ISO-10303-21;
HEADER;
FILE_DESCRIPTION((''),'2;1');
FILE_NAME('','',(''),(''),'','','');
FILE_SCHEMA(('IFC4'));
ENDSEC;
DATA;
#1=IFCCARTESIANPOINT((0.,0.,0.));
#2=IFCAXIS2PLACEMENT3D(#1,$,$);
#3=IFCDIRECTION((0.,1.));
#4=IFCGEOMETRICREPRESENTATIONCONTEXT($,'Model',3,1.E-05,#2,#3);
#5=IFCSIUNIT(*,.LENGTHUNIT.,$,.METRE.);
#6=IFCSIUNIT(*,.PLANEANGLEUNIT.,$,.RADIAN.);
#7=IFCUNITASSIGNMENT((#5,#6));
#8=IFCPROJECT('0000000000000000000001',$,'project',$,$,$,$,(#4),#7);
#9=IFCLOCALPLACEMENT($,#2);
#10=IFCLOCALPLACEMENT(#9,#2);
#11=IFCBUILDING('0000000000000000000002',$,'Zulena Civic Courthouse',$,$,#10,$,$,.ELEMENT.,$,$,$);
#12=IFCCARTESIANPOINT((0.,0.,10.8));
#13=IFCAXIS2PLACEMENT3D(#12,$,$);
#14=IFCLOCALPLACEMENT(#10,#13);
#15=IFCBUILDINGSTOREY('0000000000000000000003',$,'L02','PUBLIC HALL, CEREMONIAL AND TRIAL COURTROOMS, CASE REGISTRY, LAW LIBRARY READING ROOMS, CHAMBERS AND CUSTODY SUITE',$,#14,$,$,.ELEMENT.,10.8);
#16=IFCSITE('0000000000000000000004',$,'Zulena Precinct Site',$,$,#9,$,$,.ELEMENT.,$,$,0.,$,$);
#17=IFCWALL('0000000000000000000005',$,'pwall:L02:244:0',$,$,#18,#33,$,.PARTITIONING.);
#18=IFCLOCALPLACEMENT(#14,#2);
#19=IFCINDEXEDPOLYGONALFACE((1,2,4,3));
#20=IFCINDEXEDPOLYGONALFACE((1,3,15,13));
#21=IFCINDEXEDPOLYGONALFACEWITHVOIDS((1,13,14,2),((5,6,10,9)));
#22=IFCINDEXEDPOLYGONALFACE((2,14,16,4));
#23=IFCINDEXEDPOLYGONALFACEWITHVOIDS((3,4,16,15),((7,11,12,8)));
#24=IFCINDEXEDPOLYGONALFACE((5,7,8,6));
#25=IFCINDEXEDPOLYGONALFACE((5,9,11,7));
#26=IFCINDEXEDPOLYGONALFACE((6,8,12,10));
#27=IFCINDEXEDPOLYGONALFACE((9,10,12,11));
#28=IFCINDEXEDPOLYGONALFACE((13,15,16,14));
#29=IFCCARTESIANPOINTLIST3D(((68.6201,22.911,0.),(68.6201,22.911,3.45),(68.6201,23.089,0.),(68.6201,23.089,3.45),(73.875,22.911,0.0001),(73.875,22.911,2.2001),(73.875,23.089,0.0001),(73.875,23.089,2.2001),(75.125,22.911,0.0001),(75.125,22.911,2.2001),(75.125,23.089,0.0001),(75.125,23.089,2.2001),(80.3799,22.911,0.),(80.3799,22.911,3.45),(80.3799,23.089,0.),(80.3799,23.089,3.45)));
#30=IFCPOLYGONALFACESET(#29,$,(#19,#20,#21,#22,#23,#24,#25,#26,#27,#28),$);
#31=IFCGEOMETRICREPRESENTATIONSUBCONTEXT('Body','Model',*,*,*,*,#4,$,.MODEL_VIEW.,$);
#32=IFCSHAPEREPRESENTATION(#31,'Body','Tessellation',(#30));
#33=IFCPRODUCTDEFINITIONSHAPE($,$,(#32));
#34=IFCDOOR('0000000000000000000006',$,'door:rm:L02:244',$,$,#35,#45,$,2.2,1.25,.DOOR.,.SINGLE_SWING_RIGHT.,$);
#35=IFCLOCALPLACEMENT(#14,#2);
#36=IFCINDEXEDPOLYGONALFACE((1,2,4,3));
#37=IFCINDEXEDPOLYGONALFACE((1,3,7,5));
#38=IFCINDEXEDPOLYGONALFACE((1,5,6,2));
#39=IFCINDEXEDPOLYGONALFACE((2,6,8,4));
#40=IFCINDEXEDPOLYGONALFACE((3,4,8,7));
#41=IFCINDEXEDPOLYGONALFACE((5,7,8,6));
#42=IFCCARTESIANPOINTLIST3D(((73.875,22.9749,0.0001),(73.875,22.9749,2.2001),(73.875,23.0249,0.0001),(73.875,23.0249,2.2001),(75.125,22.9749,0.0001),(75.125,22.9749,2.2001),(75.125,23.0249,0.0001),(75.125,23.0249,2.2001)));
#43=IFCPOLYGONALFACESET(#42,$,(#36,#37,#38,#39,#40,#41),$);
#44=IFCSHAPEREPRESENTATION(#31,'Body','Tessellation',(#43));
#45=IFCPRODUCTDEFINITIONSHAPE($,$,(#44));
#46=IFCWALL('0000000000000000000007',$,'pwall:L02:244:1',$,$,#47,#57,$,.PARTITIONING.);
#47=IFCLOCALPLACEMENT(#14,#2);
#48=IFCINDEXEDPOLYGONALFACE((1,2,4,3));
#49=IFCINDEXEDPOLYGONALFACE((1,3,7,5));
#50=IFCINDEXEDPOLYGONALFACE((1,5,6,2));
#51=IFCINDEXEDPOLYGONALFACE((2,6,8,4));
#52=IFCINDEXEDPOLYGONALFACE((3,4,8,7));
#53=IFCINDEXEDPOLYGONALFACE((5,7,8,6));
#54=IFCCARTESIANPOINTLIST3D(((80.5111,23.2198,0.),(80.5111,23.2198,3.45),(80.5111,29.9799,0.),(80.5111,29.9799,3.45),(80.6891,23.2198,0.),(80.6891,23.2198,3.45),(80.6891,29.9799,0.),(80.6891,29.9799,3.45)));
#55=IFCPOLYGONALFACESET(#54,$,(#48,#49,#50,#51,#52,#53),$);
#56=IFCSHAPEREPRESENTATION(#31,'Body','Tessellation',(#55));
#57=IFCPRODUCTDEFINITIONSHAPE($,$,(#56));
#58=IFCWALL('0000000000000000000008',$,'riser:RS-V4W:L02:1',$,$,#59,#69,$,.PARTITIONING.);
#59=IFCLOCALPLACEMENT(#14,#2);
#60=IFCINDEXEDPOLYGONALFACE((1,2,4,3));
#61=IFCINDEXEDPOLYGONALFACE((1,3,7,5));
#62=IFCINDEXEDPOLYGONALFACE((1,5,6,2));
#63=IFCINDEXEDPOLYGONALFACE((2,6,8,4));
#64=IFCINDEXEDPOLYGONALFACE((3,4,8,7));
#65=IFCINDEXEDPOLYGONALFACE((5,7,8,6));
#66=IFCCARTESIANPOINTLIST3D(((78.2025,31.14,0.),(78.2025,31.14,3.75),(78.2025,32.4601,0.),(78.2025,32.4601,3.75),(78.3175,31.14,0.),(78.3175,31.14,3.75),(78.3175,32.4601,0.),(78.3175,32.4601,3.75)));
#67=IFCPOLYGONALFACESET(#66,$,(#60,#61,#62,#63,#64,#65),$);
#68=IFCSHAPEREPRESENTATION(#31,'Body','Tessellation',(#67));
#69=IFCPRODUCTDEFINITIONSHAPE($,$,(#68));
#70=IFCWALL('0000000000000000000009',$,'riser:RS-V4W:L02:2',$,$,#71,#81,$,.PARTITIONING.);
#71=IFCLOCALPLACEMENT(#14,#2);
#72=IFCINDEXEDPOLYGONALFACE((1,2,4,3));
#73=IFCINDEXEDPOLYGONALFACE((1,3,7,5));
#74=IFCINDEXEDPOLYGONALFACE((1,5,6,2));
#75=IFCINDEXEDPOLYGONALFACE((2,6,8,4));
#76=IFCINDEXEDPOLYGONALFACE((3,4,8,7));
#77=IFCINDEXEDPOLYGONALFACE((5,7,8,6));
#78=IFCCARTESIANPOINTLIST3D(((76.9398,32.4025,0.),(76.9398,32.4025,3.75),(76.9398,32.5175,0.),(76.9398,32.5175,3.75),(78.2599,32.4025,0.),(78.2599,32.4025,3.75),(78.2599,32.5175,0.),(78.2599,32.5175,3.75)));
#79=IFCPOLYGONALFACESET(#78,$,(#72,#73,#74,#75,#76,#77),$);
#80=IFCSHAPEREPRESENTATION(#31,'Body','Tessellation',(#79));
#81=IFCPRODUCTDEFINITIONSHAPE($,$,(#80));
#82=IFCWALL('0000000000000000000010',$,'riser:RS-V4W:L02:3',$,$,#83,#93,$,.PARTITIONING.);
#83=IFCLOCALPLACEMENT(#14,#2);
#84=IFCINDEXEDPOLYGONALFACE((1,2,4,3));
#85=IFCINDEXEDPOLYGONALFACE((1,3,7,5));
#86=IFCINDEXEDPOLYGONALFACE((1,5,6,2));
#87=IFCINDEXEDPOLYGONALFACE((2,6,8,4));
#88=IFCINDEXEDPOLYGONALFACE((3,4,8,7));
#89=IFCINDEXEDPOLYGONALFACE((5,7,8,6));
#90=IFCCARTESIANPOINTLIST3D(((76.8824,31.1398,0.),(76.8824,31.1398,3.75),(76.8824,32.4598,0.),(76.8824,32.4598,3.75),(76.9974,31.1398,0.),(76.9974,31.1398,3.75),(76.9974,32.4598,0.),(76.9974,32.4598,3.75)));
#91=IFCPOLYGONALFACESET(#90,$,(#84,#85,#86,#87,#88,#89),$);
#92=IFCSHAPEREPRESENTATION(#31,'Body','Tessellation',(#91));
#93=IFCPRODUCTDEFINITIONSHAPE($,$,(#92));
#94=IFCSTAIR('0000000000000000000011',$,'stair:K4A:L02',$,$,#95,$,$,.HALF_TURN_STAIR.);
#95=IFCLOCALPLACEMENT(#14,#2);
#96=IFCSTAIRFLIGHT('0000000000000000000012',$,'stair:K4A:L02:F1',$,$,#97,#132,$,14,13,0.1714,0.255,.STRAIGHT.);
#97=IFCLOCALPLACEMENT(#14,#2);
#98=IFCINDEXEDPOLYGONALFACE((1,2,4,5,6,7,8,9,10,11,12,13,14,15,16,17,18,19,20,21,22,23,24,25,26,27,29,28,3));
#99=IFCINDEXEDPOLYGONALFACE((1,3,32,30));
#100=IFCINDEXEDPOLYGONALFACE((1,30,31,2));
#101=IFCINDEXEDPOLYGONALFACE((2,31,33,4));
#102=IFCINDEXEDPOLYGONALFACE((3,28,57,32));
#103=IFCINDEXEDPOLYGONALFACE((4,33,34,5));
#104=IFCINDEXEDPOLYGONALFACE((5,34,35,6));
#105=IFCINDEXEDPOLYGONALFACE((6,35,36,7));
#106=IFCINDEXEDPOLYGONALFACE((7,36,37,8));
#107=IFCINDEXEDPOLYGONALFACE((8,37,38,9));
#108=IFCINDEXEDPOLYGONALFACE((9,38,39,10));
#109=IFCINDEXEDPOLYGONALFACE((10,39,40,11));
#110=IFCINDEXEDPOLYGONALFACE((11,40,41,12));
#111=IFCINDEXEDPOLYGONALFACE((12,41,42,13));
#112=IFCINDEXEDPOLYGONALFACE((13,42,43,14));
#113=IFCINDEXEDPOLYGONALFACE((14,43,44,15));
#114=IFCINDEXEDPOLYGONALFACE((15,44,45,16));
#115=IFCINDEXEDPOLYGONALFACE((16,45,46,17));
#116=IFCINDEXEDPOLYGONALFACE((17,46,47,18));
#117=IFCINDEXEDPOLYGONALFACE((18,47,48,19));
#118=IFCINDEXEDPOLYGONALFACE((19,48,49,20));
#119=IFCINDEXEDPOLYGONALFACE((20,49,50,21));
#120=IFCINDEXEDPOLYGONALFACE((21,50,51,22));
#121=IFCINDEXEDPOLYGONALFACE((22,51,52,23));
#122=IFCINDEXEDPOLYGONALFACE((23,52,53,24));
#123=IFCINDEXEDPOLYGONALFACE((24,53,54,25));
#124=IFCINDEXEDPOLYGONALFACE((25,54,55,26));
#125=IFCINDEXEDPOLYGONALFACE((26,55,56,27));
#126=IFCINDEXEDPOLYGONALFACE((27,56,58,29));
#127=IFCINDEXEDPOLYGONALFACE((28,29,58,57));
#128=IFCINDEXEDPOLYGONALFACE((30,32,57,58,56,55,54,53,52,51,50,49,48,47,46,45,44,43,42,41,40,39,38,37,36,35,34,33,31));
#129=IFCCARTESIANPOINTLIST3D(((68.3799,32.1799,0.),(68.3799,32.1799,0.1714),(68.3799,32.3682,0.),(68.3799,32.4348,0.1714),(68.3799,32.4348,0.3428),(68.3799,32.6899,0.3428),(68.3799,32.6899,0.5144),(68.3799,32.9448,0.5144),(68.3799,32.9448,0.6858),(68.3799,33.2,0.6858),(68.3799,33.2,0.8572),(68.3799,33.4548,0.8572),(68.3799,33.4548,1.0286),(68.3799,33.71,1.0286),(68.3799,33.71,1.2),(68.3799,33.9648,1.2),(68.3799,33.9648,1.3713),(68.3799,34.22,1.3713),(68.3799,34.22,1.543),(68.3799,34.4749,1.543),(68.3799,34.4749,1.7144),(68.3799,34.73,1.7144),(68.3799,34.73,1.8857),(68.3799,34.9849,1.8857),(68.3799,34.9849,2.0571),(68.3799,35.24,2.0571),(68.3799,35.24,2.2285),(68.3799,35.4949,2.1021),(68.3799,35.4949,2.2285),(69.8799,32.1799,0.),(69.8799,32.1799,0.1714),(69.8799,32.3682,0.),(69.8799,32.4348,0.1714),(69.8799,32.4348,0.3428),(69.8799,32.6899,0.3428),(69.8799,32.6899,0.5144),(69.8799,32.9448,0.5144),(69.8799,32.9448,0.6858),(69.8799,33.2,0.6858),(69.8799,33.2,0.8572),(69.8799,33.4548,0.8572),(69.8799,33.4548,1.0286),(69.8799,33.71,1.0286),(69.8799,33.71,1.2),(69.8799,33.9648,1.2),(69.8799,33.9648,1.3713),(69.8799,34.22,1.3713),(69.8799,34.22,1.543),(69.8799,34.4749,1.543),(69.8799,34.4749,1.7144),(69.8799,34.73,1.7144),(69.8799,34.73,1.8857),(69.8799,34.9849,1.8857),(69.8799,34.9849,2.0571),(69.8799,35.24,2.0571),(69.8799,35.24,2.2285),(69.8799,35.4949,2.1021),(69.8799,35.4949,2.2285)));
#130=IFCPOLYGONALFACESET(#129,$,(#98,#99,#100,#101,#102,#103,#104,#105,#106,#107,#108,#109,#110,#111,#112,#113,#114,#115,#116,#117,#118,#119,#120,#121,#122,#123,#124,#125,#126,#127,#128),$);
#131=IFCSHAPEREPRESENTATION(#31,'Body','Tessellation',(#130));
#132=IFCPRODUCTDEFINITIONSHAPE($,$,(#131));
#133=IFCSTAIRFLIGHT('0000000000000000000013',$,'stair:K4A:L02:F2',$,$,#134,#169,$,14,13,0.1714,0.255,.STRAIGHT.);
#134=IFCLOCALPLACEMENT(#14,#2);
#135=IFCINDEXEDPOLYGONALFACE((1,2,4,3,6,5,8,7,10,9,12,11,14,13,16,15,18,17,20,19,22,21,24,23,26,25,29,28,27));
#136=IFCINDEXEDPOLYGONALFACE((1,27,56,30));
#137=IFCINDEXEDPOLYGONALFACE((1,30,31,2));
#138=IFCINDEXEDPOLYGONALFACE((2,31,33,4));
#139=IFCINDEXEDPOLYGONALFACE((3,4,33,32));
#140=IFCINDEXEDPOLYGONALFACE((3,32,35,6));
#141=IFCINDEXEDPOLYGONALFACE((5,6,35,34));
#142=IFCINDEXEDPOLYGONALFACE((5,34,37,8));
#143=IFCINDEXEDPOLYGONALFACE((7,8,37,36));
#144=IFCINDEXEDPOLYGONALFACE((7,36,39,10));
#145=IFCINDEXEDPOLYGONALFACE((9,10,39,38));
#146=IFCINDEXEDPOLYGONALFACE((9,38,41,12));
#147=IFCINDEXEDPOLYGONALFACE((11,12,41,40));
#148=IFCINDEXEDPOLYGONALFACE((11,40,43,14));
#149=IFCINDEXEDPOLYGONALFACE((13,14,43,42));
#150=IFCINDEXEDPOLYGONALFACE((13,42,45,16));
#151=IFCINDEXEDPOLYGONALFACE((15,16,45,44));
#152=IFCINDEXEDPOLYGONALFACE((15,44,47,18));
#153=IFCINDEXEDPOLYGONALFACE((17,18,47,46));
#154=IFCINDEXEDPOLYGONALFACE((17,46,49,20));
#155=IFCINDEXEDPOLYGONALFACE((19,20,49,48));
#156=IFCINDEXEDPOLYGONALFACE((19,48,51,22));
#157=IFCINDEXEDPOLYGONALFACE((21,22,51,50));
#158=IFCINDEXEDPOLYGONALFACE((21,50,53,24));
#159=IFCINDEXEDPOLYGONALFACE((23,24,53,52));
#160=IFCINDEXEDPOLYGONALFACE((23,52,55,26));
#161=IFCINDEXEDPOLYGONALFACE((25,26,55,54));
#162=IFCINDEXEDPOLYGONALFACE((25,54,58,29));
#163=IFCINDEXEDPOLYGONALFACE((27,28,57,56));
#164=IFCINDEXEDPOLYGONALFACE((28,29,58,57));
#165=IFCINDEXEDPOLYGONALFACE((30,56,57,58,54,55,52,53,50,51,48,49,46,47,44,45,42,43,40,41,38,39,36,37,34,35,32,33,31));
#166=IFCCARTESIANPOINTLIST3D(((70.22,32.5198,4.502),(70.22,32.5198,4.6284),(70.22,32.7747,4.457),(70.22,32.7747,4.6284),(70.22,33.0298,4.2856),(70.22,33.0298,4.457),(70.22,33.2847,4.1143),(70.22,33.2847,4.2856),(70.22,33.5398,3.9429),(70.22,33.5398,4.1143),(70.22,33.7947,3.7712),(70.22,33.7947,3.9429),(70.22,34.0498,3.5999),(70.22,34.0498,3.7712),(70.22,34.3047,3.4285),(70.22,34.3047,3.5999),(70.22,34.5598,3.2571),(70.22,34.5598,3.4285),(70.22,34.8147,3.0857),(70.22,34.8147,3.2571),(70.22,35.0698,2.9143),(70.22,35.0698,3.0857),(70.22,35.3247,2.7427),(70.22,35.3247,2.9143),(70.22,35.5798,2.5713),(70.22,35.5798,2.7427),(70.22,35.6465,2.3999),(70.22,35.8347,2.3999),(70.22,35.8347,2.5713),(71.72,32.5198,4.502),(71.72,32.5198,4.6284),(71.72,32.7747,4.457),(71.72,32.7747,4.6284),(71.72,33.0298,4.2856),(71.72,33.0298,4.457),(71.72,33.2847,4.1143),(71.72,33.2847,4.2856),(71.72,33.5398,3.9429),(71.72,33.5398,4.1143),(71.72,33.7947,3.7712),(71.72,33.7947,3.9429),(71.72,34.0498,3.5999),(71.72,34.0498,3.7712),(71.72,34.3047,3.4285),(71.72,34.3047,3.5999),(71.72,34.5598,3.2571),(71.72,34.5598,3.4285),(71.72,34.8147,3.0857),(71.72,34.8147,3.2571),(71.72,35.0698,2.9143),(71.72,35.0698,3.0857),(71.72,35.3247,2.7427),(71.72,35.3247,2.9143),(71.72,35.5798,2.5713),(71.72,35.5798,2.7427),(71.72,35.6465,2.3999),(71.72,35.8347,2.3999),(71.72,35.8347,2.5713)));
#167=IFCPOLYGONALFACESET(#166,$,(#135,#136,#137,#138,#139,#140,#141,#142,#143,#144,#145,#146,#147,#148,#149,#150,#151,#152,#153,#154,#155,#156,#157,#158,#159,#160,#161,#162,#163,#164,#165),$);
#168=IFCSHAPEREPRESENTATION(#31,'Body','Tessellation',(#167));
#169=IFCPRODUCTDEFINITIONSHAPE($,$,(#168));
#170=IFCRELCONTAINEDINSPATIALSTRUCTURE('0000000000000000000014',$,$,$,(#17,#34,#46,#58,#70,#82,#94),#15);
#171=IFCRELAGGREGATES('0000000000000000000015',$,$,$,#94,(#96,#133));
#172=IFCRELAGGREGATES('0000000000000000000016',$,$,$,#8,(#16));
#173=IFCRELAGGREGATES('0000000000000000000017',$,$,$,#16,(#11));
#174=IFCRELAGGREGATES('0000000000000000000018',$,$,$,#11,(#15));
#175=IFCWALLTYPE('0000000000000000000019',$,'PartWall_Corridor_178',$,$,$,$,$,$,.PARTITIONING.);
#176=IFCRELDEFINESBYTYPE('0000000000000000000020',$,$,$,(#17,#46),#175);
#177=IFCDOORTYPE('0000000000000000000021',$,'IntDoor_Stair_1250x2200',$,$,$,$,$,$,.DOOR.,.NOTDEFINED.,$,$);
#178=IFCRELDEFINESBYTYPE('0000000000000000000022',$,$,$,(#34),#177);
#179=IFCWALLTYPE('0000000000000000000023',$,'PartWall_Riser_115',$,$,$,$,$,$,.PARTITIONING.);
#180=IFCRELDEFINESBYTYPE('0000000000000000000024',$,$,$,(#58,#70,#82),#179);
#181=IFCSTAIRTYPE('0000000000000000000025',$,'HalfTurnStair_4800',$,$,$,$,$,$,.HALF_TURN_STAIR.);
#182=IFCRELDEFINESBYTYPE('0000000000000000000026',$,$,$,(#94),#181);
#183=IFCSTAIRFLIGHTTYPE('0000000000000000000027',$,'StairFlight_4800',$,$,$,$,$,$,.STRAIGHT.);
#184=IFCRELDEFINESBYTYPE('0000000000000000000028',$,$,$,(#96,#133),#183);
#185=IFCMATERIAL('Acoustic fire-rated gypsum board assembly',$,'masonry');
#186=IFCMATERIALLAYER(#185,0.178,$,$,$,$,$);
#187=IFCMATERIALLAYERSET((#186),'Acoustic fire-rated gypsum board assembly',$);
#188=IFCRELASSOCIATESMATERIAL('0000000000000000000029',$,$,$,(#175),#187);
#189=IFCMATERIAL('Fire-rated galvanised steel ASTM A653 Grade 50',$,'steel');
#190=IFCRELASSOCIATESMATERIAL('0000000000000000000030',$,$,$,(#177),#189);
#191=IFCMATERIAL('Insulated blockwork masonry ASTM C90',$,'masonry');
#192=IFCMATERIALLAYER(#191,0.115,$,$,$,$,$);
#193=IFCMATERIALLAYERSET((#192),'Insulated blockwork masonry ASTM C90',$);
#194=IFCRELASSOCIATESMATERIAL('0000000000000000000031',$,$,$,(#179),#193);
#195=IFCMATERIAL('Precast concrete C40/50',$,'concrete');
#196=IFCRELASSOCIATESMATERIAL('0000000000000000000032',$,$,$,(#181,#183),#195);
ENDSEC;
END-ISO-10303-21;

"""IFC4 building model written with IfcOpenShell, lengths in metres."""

from ifc_helpers import new_model, si_unit, direction, frame, frame_2d, origin, place, context, subcontext, project, spatial, polyline, rectangle, outline, extrude, material, layer, layer_set, type_object, element, fill, aggregate, save


model = new_model("IFC4")

# Units and contexts
model_context = context("Model", 3, precision=1e-05, world=origin(), true_north=direction((0.0, 1.0)))
body_context = subcontext(model_context, "Body", "Model", "MODEL_VIEW")
ifc_project = project(units=[si_unit("LENGTHUNIT", "METRE"), si_unit("PLANEANGLEUNIT", "RADIAN")], contexts=[model_context])

# Site, building, storey
site_placement = place(None, origin())
site = spatial("IfcSite", under=ifc_project, at=site_placement, Name="Zulena Precinct Site", CompositionType="ELEMENT", RefElevation=0.0)
building_placement = place(site_placement, origin())
building = spatial("IfcBuilding", under=site, at=building_placement, Name="Zulena Civic Courthouse", CompositionType="ELEMENT")
storey_placement = place(building_placement, frame((0.0, 0.0, 10.8)))
storey = spatial("IfcBuildingStorey", under=building, at=storey_placement, Name="L02", Description="PUBLIC HALL, CEREMONIAL AND TRIAL COURTROOMS, CASE REGISTRY, LAW LIBRARY READING ROOMS, CHAMBERS AND CUSTODY SUITE", CompositionType="ELEMENT", Elevation=10.8)

# Shared definitions
ifc_material_1 = material(Name="Fire-rated galvanised steel ASTM A653 Grade 50", Category="steel")

# Wall, opening, door
ifc_material_2 = material(Name="Acoustic fire-rated gypsum board assembly", Category="masonry")
ifc_layer_1 = layer(ifc_material_2, 0.178)
ifc_layer_set_1 = layer_set([ifc_layer_1], Name="Acoustic fire-rated gypsum board assembly")
wall_type_1 = type_object("IfcWallType", Name="PartWall_Corridor_178", PredefinedType="PARTITIONING", material=ifc_layer_set_1)
wall_1_placement = place(storey_placement, frame((68.6201, 23.0, 0.0), z_axis=(0.0, 0.0, 1.0), x_axis=(1.0, 0.0, 0.0)))
wall_1 = element("IfcWall", 1, at=wall_1_placement, inside=storey, type_object=wall_type_1, Name="pwall:L02:244:0", PredefinedType="PARTITIONING", context=body_context, shape_type="SweptSolid", body=[
    extrude(rectangle(XDim=11.7598, YDim=0.178, at=frame_2d((5.8799, 0.0))), origin(), (0.0, 0.0, 1.0), 3.45),
])
opening_1_placement = place(wall_1_placement, frame((5.2549, 0.0, 0.0)))
opening_1 = element("IfcOpeningElement", 2, at=opening_1_placement, cuts=wall_1, PredefinedType="OPENING", context=body_context, shape_type="SweptSolid", body=[
    extrude(rectangle(XDim=1.25, YDim=2.2, at=frame_2d((0.625, 1.1001))), frame((0.0, 0.0989, 0.0), z_axis=(0.0, -1.0, 0.0), x_axis=(1.0, 0.0, 0.0)), (0.0, 0.0, 1.0), 0.198),
])
door_type_1 = type_object("IfcDoorType", Name="IntDoor_Stair_1250x2200", OperationType="NOTDEFINED", PredefinedType="DOOR", material=ifc_material_1)
door_1_placement = place(opening_1_placement, origin())
door_1 = element("IfcDoor", 3, at=door_1_placement, inside=storey, type_object=door_type_1, Name="door:rm:L02:244", OperationType="SINGLE_SWING_RIGHT", OverallHeight=2.2, OverallWidth=1.25, PredefinedType="DOOR", context=body_context, shape_type="SweptSolid", body=[
    extrude(rectangle(XDim=1.25, YDim=2.2, at=frame_2d((0.625, 1.1001))), frame((0.0, 0.0249, 0.0), z_axis=(0.0, -1.0, 0.0), x_axis=(1.0, 0.0, 0.0)), (0.0, 0.0, 1.0), 0.05),
])
fill(opening_1, door_1)

# Walls
wall_2_placement = place(storey_placement, frame((80.6001, 23.22, 0.0), z_axis=(0.0, 0.0, 1.0), x_axis=(0.0, 1.0, 0.0)))
element("IfcWall", 4, at=wall_2_placement, inside=storey, type_object=wall_type_1, Name="pwall:L02:244:1", PredefinedType="PARTITIONING", context=body_context, shape_type="SweptSolid", body=[
    extrude(rectangle(XDim=6.76, YDim=0.178, at=frame_2d((3.3799, 0.0))), origin(), (0.0, 0.0, 1.0), 3.45),
])
ifc_material_3 = material(Name="Insulated blockwork masonry ASTM C90", Category="masonry")
ifc_layer_2 = layer(ifc_material_3, 0.115)
ifc_layer_set_2 = layer_set([ifc_layer_2], Name="Insulated blockwork masonry ASTM C90")
wall_type_2 = type_object("IfcWallType", Name="PartWall_Riser_115", PredefinedType="PARTITIONING", material=ifc_layer_set_2)
for number, where, z_axis, x_axis, name in (
    (5, (78.26, 31.1399, 0.0), (0.0, 0.0, 1.0), (0.0, 1.0, 0.0), "riser:RS-V4W:L02:1"),
    (6, (78.26, 32.46, 0.0), (0.0, 0.0, 1.0), (-1.0, 0.0, 0.0), "riser:RS-V4W:L02:2"),
    (7, (76.9399, 32.46, 0.0), (0.0, 0.0, 1.0), (0.0, -1.0, 0.0), "riser:RS-V4W:L02:3"),
):
    element("IfcWall", number, at=place(storey_placement, frame(where, z_axis=z_axis, x_axis=x_axis)), inside=storey, type_object=wall_type_2, Name=name, PredefinedType="PARTITIONING", context=body_context, shape_type="SweptSolid", body=[
        extrude(rectangle(XDim=1.3201, YDim=0.115, at=frame_2d((0.6602, 0.0))), origin(), (0.0, 0.0, 1.0), 3.75),
    ])

# Stair, stair flights
ifc_material_4 = material(Name="Precast concrete C40/50", Category="concrete")
stair_type = type_object("IfcStairType", Name="HalfTurnStair_4800", PredefinedType="HALF_TURN_STAIR", material=ifc_material_4)
stair_placement = place(storey_placement, origin())
stair = element("IfcStair", 8, at=stair_placement, inside=storey, type_object=stair_type, Name="stair:K4A:L02", PredefinedType="HALF_TURN_STAIR")
stair_flight_type = type_object("IfcStairFlightType", Name="StairFlight_4800", PredefinedType="STRAIGHT", material=ifc_material_4)
stair_flight_1_placement = place(storey_placement, frame((69.1299, 32.1799, 0.0), z_axis=(0.0, 0.0, 1.0), x_axis=(0.0, 1.0, 0.0)))
stair_flight_1 = element("IfcStairFlight", 9, at=stair_flight_1_placement, type_object=stair_flight_type, Name="stair:K4A:L02:F1", NumberOfRisers=14, NumberOfTreads=13, PredefinedType="STRAIGHT", RiserHeight=0.1714, TreadLength=0.255, context=body_context, shape_type="SweptSolid", body=[
    extrude(outline(polyline([(0.0, 0.0), (0.0, 0.1714), (0.2549, 0.1714), (0.2549, 0.3428), (0.51, 0.3428), (0.51, 0.5144), (0.7649, 0.5144), (0.7649, 0.6858), (1.02, 0.6858), (1.02, 0.8572), (1.2749, 0.8572), (1.2749, 1.0286), (1.53, 1.0286), (1.53, 1.2), (1.7849, 1.2), (1.7849, 1.3713), (2.04, 1.3713), (2.04, 1.543), (2.2949, 1.543), (2.2949, 1.7144), (2.55, 1.7144), (2.55, 1.8857), (2.8049, 1.8857), (2.8049, 2.0571), (3.0601, 2.0571), (3.0601, 2.2285), (3.3149, 2.2285), (3.3149, 2.3999), (3.3149, 2.1021), (0.1882, 0.0), (0.0, 0.0)])), frame((0.0, 0.75, 0.0), z_axis=(0.0, -1.0, 0.0), x_axis=(1.0, 0.0, 0.0)), (0.0, 0.0, 1.0), 1.5),
])
stair_flight_2_placement = place(storey_placement, frame((70.97, 35.8347, 2.3999), z_axis=(0.0, 0.0, 1.0), x_axis=(0.0, -1.0, 0.0)))
stair_flight_2 = element("IfcStairFlight", 10, at=stair_flight_2_placement, type_object=stair_flight_type, Name="stair:K4A:L02:F2", NumberOfRisers=14, NumberOfTreads=13, PredefinedType="STRAIGHT", RiserHeight=0.1714, TreadLength=0.255, context=body_context, shape_type="SweptSolid", body=[
    extrude(outline(polyline([(0.0, 0.0), (0.0, 0.1714), (0.2549, 0.1714), (0.2549, 0.3428), (0.51, 0.3428), (0.51, 0.5144), (0.7649, 0.5144), (0.7649, 0.6858), (1.02, 0.6858), (1.02, 0.8572), (1.2749, 0.8572), (1.2749, 1.0286), (1.53, 1.0286), (1.53, 1.2), (1.7849, 1.2), (1.7849, 1.3713), (2.04, 1.3713), (2.04, 1.543), (2.2949, 1.543), (2.2949, 1.7144), (2.55, 1.7144), (2.55, 1.8857), (2.8049, 1.8857), (2.8049, 2.0571), (3.0601, 2.0571), (3.0601, 2.2285), (3.3149, 2.2285), (3.3149, 2.3999), (3.3149, 2.1021), (0.1882, 0.0), (0.0, 0.0)])), frame((0.0, 0.75, 0.0), z_axis=(0.0, -1.0, 0.0), x_axis=(1.0, 0.0, 0.0)), (0.0, 0.0, 1.0), 1.5),
])
aggregate(stair, [stair_flight_1, stair_flight_2])

save(model, "model.ifc")
